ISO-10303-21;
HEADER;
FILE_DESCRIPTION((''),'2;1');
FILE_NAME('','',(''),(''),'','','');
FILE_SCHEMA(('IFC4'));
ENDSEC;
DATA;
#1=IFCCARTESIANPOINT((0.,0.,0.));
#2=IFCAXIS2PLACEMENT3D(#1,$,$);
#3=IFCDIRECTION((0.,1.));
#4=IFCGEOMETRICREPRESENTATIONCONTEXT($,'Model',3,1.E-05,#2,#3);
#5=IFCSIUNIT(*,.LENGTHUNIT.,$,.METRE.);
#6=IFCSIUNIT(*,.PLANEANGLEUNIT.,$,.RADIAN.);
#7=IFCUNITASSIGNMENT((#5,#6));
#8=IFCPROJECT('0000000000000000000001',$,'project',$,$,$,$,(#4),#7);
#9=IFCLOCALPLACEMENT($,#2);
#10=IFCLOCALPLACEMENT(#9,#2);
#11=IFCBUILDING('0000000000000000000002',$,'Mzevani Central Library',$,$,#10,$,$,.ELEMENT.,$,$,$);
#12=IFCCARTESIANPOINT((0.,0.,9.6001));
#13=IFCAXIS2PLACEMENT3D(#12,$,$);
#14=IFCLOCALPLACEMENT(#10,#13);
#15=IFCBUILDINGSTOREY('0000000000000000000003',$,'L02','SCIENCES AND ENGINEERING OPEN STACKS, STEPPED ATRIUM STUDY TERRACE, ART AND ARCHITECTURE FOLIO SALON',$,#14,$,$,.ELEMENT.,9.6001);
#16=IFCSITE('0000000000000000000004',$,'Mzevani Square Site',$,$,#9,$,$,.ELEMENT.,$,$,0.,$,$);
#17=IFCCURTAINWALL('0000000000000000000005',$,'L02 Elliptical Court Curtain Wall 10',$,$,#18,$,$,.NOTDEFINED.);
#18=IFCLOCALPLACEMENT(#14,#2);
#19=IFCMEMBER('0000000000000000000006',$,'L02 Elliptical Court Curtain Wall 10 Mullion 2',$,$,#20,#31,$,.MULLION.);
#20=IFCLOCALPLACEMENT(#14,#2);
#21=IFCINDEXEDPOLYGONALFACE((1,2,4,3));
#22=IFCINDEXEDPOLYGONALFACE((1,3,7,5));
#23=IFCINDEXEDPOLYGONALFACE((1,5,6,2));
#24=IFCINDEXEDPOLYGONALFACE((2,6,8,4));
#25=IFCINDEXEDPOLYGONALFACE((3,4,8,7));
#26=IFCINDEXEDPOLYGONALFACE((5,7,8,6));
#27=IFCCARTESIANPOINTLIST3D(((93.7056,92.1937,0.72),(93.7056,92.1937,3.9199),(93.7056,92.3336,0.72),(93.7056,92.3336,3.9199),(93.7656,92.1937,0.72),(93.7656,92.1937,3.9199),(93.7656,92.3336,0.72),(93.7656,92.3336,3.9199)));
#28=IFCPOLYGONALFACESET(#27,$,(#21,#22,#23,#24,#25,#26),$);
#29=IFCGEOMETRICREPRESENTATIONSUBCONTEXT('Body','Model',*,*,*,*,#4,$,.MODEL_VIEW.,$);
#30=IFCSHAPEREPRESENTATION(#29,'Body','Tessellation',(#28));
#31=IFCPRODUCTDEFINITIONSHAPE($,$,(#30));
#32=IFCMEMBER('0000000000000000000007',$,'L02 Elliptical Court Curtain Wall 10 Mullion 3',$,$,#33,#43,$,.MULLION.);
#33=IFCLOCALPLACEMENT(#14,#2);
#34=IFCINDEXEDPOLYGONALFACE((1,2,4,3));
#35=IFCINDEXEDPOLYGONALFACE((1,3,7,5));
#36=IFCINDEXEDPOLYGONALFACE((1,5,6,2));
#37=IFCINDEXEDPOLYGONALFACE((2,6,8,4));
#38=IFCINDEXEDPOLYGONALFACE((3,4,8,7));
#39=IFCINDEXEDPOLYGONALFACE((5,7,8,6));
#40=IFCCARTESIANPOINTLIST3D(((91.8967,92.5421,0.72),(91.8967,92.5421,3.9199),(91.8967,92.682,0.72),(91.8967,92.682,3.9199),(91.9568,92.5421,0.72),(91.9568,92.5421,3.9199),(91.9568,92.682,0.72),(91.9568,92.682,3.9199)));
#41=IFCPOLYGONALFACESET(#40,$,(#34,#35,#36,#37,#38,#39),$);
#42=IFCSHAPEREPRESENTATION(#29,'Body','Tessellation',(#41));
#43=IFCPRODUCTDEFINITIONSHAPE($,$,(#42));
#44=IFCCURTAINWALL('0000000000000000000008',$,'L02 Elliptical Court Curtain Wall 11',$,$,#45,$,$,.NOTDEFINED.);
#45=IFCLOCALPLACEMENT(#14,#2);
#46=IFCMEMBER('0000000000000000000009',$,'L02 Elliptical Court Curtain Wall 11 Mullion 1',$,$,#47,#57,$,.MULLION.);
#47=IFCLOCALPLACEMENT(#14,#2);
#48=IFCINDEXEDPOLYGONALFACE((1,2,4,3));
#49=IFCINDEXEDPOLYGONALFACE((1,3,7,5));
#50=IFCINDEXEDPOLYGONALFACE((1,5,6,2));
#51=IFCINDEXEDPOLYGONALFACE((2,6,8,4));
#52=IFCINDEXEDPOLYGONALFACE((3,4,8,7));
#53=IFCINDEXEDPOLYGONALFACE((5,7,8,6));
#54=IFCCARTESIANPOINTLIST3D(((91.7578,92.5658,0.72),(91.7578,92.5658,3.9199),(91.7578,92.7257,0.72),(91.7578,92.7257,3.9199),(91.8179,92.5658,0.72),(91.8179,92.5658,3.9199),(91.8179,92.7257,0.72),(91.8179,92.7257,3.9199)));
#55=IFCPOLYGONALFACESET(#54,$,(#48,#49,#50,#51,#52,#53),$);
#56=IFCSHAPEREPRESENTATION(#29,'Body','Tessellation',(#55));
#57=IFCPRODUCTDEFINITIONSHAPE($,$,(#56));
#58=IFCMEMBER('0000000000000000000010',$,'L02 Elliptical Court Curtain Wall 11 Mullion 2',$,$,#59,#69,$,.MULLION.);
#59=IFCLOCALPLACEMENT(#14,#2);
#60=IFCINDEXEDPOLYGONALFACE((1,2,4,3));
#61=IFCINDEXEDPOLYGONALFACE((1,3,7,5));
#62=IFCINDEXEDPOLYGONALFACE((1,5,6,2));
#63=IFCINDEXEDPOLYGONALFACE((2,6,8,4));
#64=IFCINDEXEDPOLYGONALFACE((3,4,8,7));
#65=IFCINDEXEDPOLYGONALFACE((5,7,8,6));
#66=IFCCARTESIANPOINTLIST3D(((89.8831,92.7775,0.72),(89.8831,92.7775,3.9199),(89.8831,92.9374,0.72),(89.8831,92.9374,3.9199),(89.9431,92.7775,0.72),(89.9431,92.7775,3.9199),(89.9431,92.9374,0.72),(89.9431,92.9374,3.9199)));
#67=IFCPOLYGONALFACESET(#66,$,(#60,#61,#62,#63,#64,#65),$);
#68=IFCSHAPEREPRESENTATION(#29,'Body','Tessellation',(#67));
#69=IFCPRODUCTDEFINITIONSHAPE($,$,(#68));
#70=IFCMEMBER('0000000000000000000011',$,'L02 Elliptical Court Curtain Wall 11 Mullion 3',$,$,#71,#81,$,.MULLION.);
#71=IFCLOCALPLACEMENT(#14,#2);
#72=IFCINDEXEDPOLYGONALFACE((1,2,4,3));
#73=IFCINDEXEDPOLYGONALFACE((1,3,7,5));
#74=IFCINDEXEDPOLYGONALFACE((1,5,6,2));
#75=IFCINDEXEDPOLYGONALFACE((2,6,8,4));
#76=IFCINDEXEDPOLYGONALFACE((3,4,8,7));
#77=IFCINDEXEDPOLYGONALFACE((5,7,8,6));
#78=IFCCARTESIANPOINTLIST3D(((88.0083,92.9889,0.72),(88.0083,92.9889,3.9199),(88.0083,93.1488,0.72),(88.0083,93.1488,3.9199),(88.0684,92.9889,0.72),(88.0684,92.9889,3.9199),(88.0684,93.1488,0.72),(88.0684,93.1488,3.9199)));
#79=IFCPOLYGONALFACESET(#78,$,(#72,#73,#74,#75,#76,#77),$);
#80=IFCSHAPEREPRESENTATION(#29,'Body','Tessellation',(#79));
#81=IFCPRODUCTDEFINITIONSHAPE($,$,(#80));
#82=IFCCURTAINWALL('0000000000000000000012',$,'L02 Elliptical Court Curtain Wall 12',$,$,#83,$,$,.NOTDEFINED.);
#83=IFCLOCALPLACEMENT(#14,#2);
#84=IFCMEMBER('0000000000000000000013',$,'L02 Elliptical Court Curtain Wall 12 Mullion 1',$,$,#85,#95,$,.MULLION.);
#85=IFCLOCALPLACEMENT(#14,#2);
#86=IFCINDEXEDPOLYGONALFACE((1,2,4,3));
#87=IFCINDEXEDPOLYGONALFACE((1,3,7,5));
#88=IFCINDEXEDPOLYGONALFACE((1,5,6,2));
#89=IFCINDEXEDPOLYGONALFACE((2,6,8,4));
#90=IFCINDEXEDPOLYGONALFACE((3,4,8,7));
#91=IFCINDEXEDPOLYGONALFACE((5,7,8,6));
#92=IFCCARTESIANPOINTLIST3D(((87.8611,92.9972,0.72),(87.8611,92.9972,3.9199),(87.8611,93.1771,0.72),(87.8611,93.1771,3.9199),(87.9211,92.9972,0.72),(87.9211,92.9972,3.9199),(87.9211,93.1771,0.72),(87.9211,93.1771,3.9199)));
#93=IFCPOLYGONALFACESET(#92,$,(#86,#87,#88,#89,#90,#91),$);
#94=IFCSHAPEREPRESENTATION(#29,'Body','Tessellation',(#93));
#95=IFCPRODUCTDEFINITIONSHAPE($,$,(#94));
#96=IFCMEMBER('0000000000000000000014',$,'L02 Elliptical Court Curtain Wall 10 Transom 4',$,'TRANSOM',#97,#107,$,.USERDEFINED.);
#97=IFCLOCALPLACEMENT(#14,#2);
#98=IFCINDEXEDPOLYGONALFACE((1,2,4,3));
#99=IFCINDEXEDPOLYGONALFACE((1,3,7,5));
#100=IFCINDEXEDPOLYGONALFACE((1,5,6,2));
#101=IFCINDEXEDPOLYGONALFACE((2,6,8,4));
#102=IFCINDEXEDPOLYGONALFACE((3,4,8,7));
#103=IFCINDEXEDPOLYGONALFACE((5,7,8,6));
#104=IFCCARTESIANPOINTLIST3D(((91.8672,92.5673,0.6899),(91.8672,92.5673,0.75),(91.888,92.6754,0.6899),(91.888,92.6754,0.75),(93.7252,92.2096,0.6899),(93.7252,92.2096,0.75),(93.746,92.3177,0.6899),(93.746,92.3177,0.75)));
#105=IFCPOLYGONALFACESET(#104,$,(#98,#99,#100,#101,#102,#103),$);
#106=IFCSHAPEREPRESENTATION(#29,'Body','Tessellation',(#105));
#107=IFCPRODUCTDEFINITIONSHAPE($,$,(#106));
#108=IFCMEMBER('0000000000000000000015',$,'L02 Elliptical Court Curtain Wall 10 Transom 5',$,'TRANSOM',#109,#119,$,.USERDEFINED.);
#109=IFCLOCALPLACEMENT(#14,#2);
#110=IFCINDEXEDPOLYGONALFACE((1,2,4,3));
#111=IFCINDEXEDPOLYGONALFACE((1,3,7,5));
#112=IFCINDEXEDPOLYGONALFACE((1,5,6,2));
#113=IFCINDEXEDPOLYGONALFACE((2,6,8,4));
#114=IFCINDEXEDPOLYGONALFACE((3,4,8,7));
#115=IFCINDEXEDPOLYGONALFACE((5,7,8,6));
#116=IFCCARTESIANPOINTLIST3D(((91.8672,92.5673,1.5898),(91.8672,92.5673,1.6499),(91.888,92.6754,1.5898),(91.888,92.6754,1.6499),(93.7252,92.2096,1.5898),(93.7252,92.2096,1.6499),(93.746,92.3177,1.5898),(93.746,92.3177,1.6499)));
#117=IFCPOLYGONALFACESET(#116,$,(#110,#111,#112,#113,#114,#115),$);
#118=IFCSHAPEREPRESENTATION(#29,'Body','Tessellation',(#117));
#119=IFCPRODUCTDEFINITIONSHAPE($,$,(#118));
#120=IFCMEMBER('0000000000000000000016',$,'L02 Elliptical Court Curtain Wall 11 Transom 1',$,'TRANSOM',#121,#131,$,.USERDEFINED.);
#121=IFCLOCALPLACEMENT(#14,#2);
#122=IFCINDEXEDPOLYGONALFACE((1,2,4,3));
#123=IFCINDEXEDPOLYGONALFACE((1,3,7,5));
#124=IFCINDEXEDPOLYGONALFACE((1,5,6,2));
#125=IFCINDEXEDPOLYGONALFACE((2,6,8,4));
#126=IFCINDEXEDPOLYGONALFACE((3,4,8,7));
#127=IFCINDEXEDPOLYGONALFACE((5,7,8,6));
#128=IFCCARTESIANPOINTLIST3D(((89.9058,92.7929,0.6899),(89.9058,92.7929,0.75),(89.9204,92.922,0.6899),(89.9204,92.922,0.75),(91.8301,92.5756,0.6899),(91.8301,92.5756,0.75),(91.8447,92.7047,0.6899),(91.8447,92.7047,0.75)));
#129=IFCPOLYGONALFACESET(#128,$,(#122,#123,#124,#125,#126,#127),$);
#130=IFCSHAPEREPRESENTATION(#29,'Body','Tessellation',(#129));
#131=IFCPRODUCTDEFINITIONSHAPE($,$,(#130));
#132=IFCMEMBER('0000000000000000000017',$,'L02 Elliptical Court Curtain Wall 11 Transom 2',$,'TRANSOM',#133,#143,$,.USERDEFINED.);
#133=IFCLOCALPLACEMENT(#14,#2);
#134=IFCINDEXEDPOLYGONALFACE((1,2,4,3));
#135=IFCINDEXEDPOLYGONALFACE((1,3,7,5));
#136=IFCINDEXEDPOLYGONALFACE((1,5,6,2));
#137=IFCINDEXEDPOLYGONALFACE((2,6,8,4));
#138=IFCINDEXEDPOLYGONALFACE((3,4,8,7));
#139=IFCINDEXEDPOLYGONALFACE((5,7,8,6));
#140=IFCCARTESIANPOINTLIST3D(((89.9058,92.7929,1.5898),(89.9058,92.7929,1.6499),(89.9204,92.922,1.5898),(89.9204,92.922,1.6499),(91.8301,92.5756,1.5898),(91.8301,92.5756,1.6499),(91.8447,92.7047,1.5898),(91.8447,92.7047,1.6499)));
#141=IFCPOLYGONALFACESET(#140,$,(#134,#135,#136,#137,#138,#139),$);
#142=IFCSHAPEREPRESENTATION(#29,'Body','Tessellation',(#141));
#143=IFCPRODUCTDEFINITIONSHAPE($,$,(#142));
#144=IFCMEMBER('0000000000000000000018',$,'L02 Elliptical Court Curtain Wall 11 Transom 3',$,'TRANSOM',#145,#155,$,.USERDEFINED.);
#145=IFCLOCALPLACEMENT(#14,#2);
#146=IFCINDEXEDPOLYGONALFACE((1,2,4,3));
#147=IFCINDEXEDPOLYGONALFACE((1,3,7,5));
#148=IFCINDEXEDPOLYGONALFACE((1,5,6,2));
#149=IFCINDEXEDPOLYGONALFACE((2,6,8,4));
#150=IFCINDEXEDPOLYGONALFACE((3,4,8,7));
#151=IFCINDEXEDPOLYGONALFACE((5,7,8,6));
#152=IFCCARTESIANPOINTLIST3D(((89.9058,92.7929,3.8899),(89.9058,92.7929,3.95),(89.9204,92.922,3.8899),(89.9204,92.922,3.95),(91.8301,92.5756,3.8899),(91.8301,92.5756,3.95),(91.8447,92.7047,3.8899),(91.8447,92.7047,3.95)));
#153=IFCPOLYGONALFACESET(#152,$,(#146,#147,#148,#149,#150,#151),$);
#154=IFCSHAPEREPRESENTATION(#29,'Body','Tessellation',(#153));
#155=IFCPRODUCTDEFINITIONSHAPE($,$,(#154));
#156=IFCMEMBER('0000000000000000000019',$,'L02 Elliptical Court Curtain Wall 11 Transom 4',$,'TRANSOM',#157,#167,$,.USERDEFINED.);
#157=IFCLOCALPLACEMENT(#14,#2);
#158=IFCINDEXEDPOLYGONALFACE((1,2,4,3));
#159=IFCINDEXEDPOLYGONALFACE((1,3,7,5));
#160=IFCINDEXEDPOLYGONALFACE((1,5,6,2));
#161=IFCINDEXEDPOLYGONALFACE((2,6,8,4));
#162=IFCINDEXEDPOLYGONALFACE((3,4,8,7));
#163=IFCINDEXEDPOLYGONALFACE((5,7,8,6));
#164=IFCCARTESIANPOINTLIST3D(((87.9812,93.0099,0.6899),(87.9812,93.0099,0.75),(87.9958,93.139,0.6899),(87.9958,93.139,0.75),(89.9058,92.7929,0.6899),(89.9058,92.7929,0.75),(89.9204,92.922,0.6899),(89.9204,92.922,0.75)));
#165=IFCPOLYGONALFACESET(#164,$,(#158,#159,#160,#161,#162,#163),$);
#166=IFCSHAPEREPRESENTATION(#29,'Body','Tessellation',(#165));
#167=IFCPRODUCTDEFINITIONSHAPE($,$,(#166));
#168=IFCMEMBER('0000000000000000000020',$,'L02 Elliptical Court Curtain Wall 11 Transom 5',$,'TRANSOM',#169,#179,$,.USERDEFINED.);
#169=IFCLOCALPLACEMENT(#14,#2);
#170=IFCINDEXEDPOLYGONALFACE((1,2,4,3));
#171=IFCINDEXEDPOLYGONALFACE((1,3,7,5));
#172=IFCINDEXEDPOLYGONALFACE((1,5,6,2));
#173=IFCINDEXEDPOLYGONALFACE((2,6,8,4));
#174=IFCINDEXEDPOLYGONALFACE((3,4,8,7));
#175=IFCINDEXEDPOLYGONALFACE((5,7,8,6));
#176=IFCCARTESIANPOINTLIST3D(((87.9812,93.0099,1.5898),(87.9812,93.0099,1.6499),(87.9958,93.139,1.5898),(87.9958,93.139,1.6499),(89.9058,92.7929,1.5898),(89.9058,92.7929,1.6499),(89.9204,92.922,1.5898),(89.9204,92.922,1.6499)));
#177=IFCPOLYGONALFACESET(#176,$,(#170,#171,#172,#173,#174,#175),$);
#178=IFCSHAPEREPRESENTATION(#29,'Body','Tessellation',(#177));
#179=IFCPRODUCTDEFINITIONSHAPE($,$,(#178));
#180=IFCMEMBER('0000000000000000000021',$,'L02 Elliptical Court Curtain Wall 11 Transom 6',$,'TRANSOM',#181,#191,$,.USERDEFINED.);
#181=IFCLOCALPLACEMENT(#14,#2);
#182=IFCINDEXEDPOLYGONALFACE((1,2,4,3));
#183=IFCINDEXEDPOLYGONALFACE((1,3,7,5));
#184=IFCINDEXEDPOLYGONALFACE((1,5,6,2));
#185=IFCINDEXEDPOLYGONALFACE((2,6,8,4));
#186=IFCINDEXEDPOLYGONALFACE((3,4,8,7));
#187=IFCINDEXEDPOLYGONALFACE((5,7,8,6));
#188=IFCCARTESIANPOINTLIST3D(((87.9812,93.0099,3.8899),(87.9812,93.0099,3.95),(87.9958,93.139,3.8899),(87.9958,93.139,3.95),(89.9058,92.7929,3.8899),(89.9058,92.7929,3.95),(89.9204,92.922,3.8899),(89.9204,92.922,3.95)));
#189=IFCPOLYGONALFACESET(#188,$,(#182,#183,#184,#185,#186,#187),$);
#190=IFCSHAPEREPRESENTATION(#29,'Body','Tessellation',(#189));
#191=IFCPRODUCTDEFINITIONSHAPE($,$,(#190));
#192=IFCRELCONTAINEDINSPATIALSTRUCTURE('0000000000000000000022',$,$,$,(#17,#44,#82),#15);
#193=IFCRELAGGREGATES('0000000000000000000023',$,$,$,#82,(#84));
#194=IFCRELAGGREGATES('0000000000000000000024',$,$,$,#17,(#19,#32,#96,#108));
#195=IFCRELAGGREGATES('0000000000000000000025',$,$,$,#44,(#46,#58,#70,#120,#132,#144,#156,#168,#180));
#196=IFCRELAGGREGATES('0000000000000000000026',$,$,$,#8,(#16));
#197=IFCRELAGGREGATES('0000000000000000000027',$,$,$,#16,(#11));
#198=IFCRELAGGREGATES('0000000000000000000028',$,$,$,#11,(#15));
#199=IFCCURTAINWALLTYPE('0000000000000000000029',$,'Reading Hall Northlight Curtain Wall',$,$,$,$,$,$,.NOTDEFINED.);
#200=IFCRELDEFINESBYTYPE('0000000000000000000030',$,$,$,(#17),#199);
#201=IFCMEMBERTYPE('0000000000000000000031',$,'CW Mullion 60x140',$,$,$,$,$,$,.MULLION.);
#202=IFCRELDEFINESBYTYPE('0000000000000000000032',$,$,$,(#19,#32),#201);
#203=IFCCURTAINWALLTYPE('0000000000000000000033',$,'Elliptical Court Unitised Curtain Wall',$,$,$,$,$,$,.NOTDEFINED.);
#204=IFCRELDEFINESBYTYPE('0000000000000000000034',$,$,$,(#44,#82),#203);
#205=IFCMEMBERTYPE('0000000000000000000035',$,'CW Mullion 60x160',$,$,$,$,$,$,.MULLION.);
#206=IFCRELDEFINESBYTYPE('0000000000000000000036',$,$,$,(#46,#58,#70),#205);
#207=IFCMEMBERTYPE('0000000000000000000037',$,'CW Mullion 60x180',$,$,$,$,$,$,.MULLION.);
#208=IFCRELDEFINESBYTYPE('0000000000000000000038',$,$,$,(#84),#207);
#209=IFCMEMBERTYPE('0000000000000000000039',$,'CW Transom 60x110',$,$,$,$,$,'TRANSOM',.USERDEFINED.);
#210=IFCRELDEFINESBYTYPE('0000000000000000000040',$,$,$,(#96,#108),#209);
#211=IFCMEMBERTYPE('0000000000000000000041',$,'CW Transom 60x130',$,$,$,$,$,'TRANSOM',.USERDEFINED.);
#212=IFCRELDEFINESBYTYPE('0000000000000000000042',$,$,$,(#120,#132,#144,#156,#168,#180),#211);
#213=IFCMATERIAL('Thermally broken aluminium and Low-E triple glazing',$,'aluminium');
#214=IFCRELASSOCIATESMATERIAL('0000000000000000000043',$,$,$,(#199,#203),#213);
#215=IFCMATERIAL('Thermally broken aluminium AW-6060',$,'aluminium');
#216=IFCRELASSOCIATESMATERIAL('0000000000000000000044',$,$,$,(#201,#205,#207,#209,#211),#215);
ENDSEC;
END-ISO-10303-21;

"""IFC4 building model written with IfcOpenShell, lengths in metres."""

from ifc_helpers import new_model, si_unit, direction, frame, origin, origin_2d, place, context, subcontext, project, spatial, rectangle, extrude, material, material_profile, profile_set, type_object, element, aggregate, save


model = new_model("IFC4")

# Units and contexts
model_context = context("Model", 3, precision=1e-05, world=origin(), true_north=direction((0.0, 1.0)))
body_context = subcontext(model_context, "Body", "Model", "MODEL_VIEW")
ifc_project = project(units=[si_unit("LENGTHUNIT", "METRE"), si_unit("PLANEANGLEUNIT", "RADIAN")], contexts=[model_context])

# Site, building, storey
site_placement = place(None, origin())
site = spatial("IfcSite", under=ifc_project, at=site_placement, Name="Mzevani Square Site", CompositionType="ELEMENT", RefElevation=0.0)
building_placement = place(site_placement, origin())
building = spatial("IfcBuilding", under=site, at=building_placement, Name="Mzevani Central Library", CompositionType="ELEMENT")
storey_placement = place(building_placement, frame((0.0, 0.0, 9.6001)))
storey = spatial("IfcBuildingStorey", under=building, at=storey_placement, Name="L02", Description="SCIENCES AND ENGINEERING OPEN STACKS, STEPPED ATRIUM STUDY TERRACE, ART AND ARCHITECTURE FOLIO SALON", CompositionType="ELEMENT", Elevation=9.6001)

# Curtain walls, members
ifc_material_1 = material(Name="Thermally broken aluminium and Low-E triple glazing", Category="aluminium")
curtain_wall_type_1 = type_object("IfcCurtainWallType", Name="Reading Hall Northlight Curtain Wall", PredefinedType="NOTDEFINED", material=ifc_material_1)
curtain_wall_1_placement = place(storey_placement, origin())
curtain_wall_1 = element("IfcCurtainWall", 1, at=curtain_wall_1_placement, inside=storey, type_object=curtain_wall_type_1, Name="L02 Elliptical Court Curtain Wall 10", PredefinedType="NOTDEFINED")
ifc_material_2 = material(Name="Thermally broken aluminium AW-6060", Category="aluminium")
ifc_material_profile_1 = material_profile(ifc_material_2, rectangle(XDim=0.0601, YDim=0.1399, at=origin_2d()), Name="ALU M60x140")
ifc_profile_set_1 = profile_set([ifc_material_profile_1], Name="Thermally broken aluminium AW-6060")
member_type_1 = type_object("IfcMemberType", Name="CW Mullion 60x140", PredefinedType="MULLION", material=ifc_profile_set_1)
member_1_placement = place(storey_placement, frame((93.7356, 92.2637, 0.72), z_axis=(0.0, 0.0, 1.0), x_axis=(1.0, 0.0, 0.0)))
member_1 = element("IfcMember", 2, at=member_1_placement, type_object=member_type_1, Name="L02 Elliptical Court Curtain Wall 10 Mullion 2", PredefinedType="MULLION", context=body_context, shape_type="SweptSolid", body=[
    extrude(rectangle(XDim=0.0601, YDim=0.1399, at=origin_2d()), origin(), (0.0, 0.0, 1.0), 3.2),
])
member_2_placement = place(storey_placement, frame((91.9268, 92.6121, 0.72), z_axis=(0.0, 0.0, 1.0), x_axis=(1.0, 0.0, 0.0)))
member_2 = element("IfcMember", 3, at=member_2_placement, type_object=member_type_1, Name="L02 Elliptical Court Curtain Wall 10 Mullion 3", PredefinedType="MULLION", context=body_context, shape_type="SweptSolid", body=[
    extrude(rectangle(XDim=0.0601, YDim=0.1399, at=origin_2d()), origin(), (0.0, 0.0, 1.0), 3.2),
])
curtain_wall_type_2 = type_object("IfcCurtainWallType", Name="Elliptical Court Unitised Curtain Wall", PredefinedType="NOTDEFINED", material=ifc_material_1)
curtain_wall_2_placement = place(storey_placement, origin())
curtain_wall_2 = element("IfcCurtainWall", 4, at=curtain_wall_2_placement, inside=storey, type_object=curtain_wall_type_2, Name="L02 Elliptical Court Curtain Wall 11", PredefinedType="NOTDEFINED")
ifc_material_profile_2 = material_profile(ifc_material_2, rectangle(XDim=0.0601, YDim=0.1599, at=origin_2d()), Name="ALU M60x160")
ifc_profile_set_2 = profile_set([ifc_material_profile_2], Name="Thermally broken aluminium AW-6060")
member_type_2 = type_object("IfcMemberType", Name="CW Mullion 60x160", PredefinedType="MULLION", material=ifc_profile_set_2)
member_3_placement = place(storey_placement, frame((91.7878, 92.6458, 0.72), z_axis=(0.0, 0.0, 1.0), x_axis=(1.0, 0.0, 0.0)))
member_3 = element("IfcMember", 5, at=member_3_placement, type_object=member_type_2, Name="L02 Elliptical Court Curtain Wall 11 Mullion 1", PredefinedType="MULLION", context=body_context, shape_type="SweptSolid", body=[
    extrude(rectangle(XDim=0.0601, YDim=0.1599, at=origin_2d()), origin(), (0.0, 0.0, 1.0), 3.2),
])
member_4_placement = place(storey_placement, frame((89.9131, 92.8574, 0.72), z_axis=(0.0, 0.0, 1.0), x_axis=(1.0, 0.0, 0.0)))
member_4 = element("IfcMember", 6, at=member_4_placement, type_object=member_type_2, Name="L02 Elliptical Court Curtain Wall 11 Mullion 2", PredefinedType="MULLION", context=body_context, shape_type="SweptSolid", body=[
    extrude(rectangle(XDim=0.0601, YDim=0.1599, at=origin_2d()), origin(), (0.0, 0.0, 1.0), 3.2),
])
member_5_placement = place(storey_placement, frame((88.0383, 93.0688, 0.72), z_axis=(0.0, 0.0, 1.0), x_axis=(1.0, 0.0, 0.0)))
member_5 = element("IfcMember", 7, at=member_5_placement, type_object=member_type_2, Name="L02 Elliptical Court Curtain Wall 11 Mullion 3", PredefinedType="MULLION", context=body_context, shape_type="SweptSolid", body=[
    extrude(rectangle(XDim=0.0601, YDim=0.1599, at=origin_2d()), origin(), (0.0, 0.0, 1.0), 3.2),
])

# Curtain wall, member
curtain_wall_3_placement = place(storey_placement, origin())
curtain_wall_3 = element("IfcCurtainWall", 8, at=curtain_wall_3_placement, inside=storey, type_object=curtain_wall_type_2, Name="L02 Elliptical Court Curtain Wall 12", PredefinedType="NOTDEFINED")
ifc_material_profile_3 = material_profile(ifc_material_2, rectangle(XDim=0.0601, YDim=0.1799, at=origin_2d()), Name="ALU M60x180")
ifc_profile_set_3 = profile_set([ifc_material_profile_3], Name="Thermally broken aluminium AW-6060")
member_type_3 = type_object("IfcMemberType", Name="CW Mullion 60x180", PredefinedType="MULLION", material=ifc_profile_set_3)
member_6_placement = place(storey_placement, frame((87.8911, 93.0872, 0.72), z_axis=(0.0, 0.0, 1.0), x_axis=(1.0, 0.0, 0.0)))
member_6 = element("IfcMember", 9, at=member_6_placement, type_object=member_type_3, Name="L02 Elliptical Court Curtain Wall 12 Mullion 1", PredefinedType="MULLION", context=body_context, shape_type="SweptSolid", body=[
    extrude(rectangle(XDim=0.0601, YDim=0.1799, at=origin_2d()), origin(), (0.0, 0.0, 1.0), 3.2),
])

# Members
ifc_material_profile_4 = material_profile(ifc_material_2, rectangle(XDim=0.1101, YDim=0.0601, at=origin_2d()), Name="ALU T60x110")
ifc_profile_set_4 = profile_set([ifc_material_profile_4], Name="Thermally broken aluminium AW-6060")
member_type_4 = type_object("IfcMemberType", Name="CW Transom 60x110", ElementType="TRANSOM", PredefinedType="USERDEFINED", material=ifc_profile_set_4)
member_7_placement = place(storey_placement, frame((93.7356, 92.2637, 0.72), z_axis=(-0.98197, 0.189039, 0.0), x_axis=(-0.189039, -0.98197, 0.0)))
member_7 = element("IfcMember", 10, at=member_7_placement, type_object=member_type_4, Name="L02 Elliptical Court Curtain Wall 10 Transom 4", ObjectType="TRANSOM", PredefinedType="USERDEFINED", context=body_context, shape_type="SweptSolid", body=[
    extrude(rectangle(XDim=0.1101, YDim=0.0601, at=origin_2d()), origin(), (0.0, 0.0, 1.0), 1.8921),
])
member_8_placement = place(storey_placement, frame((93.7356, 92.2637, 1.6199), z_axis=(-0.98197, 0.189039, 0.0), x_axis=(-0.189039, -0.98197, 0.0)))
member_8 = element("IfcMember", 11, at=member_8_placement, type_object=member_type_4, Name="L02 Elliptical Court Curtain Wall 10 Transom 5", ObjectType="TRANSOM", PredefinedType="USERDEFINED", context=body_context, shape_type="SweptSolid", body=[
    extrude(rectangle(XDim=0.1101, YDim=0.0601, at=origin_2d()), origin(), (0.0, 0.0, 1.0), 1.8921),
])
ifc_material_profile_5 = material_profile(ifc_material_2, rectangle(XDim=0.1299, YDim=0.0601, at=origin_2d()), Name="ALU T60x130")
ifc_profile_set_5 = profile_set([ifc_material_profile_5], Name="Thermally broken aluminium AW-6060")
member_type_5 = type_object("IfcMemberType", Name="CW Transom 60x130", ElementType="TRANSOM", PredefinedType="USERDEFINED", material=ifc_profile_set_5)
member_9_placement = place(storey_placement, frame((91.8374, 92.6401, 0.72), z_axis=(-0.993685, 0.112202, 0.0), x_axis=(-0.112202, -0.993685, 0.0)))
member_9 = element("IfcMember", 12, at=member_9_placement, type_object=member_type_5, Name="L02 Elliptical Court Curtain Wall 11 Transom 1", ObjectType="TRANSOM", PredefinedType="USERDEFINED", context=body_context, shape_type="SweptSolid", body=[
    extrude(rectangle(XDim=0.1299, YDim=0.0601, at=origin_2d()), origin(), (0.0, 0.0, 1.0), 1.9365),
])
member_10_placement = place(storey_placement, frame((91.8374, 92.6401, 1.6199), z_axis=(-0.993685, 0.112202, 0.0), x_axis=(-0.112202, -0.993685, 0.0)))
member_10 = element("IfcMember", 13, at=member_10_placement, type_object=member_type_5, Name="L02 Elliptical Court Curtain Wall 11 Transom 2", ObjectType="TRANSOM", PredefinedType="USERDEFINED", context=body_context, shape_type="SweptSolid", body=[
    extrude(rectangle(XDim=0.1299, YDim=0.0601, at=origin_2d()), origin(), (0.0, 0.0, 1.0), 1.9365),
])
member_11_placement = place(storey_placement, frame((91.8374, 92.6401, 3.9199), z_axis=(-0.993685, 0.112202, 0.0), x_axis=(-0.112202, -0.993685, 0.0)))
member_11 = element("IfcMember", 14, at=member_11_placement, type_object=member_type_5, Name="L02 Elliptical Court Curtain Wall 11 Transom 3", ObjectType="TRANSOM", PredefinedType="USERDEFINED", context=body_context, shape_type="SweptSolid", body=[
    extrude(rectangle(XDim=0.1299, YDim=0.0601, at=origin_2d()), origin(), (0.0, 0.0, 1.0), 1.9365),
])
member_12_placement = place(storey_placement, frame((89.9131, 92.8574, 0.72), z_axis=(-0.993701, 0.112064, 0.0), x_axis=(-0.112064, -0.993701, 0.0)))
member_12 = element("IfcMember", 15, at=member_12_placement, type_object=member_type_5, Name="L02 Elliptical Court Curtain Wall 11 Transom 4", ObjectType="TRANSOM", PredefinedType="USERDEFINED", context=body_context, shape_type="SweptSolid", body=[
    extrude(rectangle(XDim=0.1299, YDim=0.0601, at=origin_2d()), origin(), (0.0, 0.0, 1.0), 1.9368),
])
member_13_placement = place(storey_placement, frame((89.9131, 92.8574, 1.6199), z_axis=(-0.993701, 0.112064, 0.0), x_axis=(-0.112064, -0.993701, 0.0)))
member_13 = element("IfcMember", 16, at=member_13_placement, type_object=member_type_5, Name="L02 Elliptical Court Curtain Wall 11 Transom 5", ObjectType="TRANSOM", PredefinedType="USERDEFINED", context=body_context, shape_type="SweptSolid", body=[
    extrude(rectangle(XDim=0.1299, YDim=0.0601, at=origin_2d()), origin(), (0.0, 0.0, 1.0), 1.9368),
])
member_14_placement = place(storey_placement, frame((89.9131, 92.8574, 3.9199), z_axis=(-0.993701, 0.112064, 0.0), x_axis=(-0.112064, -0.993701, 0.0)))
member_14 = element("IfcMember", 17, at=member_14_placement, type_object=member_type_5, Name="L02 Elliptical Court Curtain Wall 11 Transom 6", ObjectType="TRANSOM", PredefinedType="USERDEFINED", context=body_context, shape_type="SweptSolid", body=[
    extrude(rectangle(XDim=0.1299, YDim=0.0601, at=origin_2d()), origin(), (0.0, 0.0, 1.0), 1.9368),
])
aggregate(curtain_wall_3, [member_6])

aggregate(curtain_wall_1, [member_1, member_2, member_7, member_8])
aggregate(curtain_wall_2, [member_3, member_4, member_5, member_9, member_10, member_11, member_12, member_13, member_14])

save(model, "model.ifc")
